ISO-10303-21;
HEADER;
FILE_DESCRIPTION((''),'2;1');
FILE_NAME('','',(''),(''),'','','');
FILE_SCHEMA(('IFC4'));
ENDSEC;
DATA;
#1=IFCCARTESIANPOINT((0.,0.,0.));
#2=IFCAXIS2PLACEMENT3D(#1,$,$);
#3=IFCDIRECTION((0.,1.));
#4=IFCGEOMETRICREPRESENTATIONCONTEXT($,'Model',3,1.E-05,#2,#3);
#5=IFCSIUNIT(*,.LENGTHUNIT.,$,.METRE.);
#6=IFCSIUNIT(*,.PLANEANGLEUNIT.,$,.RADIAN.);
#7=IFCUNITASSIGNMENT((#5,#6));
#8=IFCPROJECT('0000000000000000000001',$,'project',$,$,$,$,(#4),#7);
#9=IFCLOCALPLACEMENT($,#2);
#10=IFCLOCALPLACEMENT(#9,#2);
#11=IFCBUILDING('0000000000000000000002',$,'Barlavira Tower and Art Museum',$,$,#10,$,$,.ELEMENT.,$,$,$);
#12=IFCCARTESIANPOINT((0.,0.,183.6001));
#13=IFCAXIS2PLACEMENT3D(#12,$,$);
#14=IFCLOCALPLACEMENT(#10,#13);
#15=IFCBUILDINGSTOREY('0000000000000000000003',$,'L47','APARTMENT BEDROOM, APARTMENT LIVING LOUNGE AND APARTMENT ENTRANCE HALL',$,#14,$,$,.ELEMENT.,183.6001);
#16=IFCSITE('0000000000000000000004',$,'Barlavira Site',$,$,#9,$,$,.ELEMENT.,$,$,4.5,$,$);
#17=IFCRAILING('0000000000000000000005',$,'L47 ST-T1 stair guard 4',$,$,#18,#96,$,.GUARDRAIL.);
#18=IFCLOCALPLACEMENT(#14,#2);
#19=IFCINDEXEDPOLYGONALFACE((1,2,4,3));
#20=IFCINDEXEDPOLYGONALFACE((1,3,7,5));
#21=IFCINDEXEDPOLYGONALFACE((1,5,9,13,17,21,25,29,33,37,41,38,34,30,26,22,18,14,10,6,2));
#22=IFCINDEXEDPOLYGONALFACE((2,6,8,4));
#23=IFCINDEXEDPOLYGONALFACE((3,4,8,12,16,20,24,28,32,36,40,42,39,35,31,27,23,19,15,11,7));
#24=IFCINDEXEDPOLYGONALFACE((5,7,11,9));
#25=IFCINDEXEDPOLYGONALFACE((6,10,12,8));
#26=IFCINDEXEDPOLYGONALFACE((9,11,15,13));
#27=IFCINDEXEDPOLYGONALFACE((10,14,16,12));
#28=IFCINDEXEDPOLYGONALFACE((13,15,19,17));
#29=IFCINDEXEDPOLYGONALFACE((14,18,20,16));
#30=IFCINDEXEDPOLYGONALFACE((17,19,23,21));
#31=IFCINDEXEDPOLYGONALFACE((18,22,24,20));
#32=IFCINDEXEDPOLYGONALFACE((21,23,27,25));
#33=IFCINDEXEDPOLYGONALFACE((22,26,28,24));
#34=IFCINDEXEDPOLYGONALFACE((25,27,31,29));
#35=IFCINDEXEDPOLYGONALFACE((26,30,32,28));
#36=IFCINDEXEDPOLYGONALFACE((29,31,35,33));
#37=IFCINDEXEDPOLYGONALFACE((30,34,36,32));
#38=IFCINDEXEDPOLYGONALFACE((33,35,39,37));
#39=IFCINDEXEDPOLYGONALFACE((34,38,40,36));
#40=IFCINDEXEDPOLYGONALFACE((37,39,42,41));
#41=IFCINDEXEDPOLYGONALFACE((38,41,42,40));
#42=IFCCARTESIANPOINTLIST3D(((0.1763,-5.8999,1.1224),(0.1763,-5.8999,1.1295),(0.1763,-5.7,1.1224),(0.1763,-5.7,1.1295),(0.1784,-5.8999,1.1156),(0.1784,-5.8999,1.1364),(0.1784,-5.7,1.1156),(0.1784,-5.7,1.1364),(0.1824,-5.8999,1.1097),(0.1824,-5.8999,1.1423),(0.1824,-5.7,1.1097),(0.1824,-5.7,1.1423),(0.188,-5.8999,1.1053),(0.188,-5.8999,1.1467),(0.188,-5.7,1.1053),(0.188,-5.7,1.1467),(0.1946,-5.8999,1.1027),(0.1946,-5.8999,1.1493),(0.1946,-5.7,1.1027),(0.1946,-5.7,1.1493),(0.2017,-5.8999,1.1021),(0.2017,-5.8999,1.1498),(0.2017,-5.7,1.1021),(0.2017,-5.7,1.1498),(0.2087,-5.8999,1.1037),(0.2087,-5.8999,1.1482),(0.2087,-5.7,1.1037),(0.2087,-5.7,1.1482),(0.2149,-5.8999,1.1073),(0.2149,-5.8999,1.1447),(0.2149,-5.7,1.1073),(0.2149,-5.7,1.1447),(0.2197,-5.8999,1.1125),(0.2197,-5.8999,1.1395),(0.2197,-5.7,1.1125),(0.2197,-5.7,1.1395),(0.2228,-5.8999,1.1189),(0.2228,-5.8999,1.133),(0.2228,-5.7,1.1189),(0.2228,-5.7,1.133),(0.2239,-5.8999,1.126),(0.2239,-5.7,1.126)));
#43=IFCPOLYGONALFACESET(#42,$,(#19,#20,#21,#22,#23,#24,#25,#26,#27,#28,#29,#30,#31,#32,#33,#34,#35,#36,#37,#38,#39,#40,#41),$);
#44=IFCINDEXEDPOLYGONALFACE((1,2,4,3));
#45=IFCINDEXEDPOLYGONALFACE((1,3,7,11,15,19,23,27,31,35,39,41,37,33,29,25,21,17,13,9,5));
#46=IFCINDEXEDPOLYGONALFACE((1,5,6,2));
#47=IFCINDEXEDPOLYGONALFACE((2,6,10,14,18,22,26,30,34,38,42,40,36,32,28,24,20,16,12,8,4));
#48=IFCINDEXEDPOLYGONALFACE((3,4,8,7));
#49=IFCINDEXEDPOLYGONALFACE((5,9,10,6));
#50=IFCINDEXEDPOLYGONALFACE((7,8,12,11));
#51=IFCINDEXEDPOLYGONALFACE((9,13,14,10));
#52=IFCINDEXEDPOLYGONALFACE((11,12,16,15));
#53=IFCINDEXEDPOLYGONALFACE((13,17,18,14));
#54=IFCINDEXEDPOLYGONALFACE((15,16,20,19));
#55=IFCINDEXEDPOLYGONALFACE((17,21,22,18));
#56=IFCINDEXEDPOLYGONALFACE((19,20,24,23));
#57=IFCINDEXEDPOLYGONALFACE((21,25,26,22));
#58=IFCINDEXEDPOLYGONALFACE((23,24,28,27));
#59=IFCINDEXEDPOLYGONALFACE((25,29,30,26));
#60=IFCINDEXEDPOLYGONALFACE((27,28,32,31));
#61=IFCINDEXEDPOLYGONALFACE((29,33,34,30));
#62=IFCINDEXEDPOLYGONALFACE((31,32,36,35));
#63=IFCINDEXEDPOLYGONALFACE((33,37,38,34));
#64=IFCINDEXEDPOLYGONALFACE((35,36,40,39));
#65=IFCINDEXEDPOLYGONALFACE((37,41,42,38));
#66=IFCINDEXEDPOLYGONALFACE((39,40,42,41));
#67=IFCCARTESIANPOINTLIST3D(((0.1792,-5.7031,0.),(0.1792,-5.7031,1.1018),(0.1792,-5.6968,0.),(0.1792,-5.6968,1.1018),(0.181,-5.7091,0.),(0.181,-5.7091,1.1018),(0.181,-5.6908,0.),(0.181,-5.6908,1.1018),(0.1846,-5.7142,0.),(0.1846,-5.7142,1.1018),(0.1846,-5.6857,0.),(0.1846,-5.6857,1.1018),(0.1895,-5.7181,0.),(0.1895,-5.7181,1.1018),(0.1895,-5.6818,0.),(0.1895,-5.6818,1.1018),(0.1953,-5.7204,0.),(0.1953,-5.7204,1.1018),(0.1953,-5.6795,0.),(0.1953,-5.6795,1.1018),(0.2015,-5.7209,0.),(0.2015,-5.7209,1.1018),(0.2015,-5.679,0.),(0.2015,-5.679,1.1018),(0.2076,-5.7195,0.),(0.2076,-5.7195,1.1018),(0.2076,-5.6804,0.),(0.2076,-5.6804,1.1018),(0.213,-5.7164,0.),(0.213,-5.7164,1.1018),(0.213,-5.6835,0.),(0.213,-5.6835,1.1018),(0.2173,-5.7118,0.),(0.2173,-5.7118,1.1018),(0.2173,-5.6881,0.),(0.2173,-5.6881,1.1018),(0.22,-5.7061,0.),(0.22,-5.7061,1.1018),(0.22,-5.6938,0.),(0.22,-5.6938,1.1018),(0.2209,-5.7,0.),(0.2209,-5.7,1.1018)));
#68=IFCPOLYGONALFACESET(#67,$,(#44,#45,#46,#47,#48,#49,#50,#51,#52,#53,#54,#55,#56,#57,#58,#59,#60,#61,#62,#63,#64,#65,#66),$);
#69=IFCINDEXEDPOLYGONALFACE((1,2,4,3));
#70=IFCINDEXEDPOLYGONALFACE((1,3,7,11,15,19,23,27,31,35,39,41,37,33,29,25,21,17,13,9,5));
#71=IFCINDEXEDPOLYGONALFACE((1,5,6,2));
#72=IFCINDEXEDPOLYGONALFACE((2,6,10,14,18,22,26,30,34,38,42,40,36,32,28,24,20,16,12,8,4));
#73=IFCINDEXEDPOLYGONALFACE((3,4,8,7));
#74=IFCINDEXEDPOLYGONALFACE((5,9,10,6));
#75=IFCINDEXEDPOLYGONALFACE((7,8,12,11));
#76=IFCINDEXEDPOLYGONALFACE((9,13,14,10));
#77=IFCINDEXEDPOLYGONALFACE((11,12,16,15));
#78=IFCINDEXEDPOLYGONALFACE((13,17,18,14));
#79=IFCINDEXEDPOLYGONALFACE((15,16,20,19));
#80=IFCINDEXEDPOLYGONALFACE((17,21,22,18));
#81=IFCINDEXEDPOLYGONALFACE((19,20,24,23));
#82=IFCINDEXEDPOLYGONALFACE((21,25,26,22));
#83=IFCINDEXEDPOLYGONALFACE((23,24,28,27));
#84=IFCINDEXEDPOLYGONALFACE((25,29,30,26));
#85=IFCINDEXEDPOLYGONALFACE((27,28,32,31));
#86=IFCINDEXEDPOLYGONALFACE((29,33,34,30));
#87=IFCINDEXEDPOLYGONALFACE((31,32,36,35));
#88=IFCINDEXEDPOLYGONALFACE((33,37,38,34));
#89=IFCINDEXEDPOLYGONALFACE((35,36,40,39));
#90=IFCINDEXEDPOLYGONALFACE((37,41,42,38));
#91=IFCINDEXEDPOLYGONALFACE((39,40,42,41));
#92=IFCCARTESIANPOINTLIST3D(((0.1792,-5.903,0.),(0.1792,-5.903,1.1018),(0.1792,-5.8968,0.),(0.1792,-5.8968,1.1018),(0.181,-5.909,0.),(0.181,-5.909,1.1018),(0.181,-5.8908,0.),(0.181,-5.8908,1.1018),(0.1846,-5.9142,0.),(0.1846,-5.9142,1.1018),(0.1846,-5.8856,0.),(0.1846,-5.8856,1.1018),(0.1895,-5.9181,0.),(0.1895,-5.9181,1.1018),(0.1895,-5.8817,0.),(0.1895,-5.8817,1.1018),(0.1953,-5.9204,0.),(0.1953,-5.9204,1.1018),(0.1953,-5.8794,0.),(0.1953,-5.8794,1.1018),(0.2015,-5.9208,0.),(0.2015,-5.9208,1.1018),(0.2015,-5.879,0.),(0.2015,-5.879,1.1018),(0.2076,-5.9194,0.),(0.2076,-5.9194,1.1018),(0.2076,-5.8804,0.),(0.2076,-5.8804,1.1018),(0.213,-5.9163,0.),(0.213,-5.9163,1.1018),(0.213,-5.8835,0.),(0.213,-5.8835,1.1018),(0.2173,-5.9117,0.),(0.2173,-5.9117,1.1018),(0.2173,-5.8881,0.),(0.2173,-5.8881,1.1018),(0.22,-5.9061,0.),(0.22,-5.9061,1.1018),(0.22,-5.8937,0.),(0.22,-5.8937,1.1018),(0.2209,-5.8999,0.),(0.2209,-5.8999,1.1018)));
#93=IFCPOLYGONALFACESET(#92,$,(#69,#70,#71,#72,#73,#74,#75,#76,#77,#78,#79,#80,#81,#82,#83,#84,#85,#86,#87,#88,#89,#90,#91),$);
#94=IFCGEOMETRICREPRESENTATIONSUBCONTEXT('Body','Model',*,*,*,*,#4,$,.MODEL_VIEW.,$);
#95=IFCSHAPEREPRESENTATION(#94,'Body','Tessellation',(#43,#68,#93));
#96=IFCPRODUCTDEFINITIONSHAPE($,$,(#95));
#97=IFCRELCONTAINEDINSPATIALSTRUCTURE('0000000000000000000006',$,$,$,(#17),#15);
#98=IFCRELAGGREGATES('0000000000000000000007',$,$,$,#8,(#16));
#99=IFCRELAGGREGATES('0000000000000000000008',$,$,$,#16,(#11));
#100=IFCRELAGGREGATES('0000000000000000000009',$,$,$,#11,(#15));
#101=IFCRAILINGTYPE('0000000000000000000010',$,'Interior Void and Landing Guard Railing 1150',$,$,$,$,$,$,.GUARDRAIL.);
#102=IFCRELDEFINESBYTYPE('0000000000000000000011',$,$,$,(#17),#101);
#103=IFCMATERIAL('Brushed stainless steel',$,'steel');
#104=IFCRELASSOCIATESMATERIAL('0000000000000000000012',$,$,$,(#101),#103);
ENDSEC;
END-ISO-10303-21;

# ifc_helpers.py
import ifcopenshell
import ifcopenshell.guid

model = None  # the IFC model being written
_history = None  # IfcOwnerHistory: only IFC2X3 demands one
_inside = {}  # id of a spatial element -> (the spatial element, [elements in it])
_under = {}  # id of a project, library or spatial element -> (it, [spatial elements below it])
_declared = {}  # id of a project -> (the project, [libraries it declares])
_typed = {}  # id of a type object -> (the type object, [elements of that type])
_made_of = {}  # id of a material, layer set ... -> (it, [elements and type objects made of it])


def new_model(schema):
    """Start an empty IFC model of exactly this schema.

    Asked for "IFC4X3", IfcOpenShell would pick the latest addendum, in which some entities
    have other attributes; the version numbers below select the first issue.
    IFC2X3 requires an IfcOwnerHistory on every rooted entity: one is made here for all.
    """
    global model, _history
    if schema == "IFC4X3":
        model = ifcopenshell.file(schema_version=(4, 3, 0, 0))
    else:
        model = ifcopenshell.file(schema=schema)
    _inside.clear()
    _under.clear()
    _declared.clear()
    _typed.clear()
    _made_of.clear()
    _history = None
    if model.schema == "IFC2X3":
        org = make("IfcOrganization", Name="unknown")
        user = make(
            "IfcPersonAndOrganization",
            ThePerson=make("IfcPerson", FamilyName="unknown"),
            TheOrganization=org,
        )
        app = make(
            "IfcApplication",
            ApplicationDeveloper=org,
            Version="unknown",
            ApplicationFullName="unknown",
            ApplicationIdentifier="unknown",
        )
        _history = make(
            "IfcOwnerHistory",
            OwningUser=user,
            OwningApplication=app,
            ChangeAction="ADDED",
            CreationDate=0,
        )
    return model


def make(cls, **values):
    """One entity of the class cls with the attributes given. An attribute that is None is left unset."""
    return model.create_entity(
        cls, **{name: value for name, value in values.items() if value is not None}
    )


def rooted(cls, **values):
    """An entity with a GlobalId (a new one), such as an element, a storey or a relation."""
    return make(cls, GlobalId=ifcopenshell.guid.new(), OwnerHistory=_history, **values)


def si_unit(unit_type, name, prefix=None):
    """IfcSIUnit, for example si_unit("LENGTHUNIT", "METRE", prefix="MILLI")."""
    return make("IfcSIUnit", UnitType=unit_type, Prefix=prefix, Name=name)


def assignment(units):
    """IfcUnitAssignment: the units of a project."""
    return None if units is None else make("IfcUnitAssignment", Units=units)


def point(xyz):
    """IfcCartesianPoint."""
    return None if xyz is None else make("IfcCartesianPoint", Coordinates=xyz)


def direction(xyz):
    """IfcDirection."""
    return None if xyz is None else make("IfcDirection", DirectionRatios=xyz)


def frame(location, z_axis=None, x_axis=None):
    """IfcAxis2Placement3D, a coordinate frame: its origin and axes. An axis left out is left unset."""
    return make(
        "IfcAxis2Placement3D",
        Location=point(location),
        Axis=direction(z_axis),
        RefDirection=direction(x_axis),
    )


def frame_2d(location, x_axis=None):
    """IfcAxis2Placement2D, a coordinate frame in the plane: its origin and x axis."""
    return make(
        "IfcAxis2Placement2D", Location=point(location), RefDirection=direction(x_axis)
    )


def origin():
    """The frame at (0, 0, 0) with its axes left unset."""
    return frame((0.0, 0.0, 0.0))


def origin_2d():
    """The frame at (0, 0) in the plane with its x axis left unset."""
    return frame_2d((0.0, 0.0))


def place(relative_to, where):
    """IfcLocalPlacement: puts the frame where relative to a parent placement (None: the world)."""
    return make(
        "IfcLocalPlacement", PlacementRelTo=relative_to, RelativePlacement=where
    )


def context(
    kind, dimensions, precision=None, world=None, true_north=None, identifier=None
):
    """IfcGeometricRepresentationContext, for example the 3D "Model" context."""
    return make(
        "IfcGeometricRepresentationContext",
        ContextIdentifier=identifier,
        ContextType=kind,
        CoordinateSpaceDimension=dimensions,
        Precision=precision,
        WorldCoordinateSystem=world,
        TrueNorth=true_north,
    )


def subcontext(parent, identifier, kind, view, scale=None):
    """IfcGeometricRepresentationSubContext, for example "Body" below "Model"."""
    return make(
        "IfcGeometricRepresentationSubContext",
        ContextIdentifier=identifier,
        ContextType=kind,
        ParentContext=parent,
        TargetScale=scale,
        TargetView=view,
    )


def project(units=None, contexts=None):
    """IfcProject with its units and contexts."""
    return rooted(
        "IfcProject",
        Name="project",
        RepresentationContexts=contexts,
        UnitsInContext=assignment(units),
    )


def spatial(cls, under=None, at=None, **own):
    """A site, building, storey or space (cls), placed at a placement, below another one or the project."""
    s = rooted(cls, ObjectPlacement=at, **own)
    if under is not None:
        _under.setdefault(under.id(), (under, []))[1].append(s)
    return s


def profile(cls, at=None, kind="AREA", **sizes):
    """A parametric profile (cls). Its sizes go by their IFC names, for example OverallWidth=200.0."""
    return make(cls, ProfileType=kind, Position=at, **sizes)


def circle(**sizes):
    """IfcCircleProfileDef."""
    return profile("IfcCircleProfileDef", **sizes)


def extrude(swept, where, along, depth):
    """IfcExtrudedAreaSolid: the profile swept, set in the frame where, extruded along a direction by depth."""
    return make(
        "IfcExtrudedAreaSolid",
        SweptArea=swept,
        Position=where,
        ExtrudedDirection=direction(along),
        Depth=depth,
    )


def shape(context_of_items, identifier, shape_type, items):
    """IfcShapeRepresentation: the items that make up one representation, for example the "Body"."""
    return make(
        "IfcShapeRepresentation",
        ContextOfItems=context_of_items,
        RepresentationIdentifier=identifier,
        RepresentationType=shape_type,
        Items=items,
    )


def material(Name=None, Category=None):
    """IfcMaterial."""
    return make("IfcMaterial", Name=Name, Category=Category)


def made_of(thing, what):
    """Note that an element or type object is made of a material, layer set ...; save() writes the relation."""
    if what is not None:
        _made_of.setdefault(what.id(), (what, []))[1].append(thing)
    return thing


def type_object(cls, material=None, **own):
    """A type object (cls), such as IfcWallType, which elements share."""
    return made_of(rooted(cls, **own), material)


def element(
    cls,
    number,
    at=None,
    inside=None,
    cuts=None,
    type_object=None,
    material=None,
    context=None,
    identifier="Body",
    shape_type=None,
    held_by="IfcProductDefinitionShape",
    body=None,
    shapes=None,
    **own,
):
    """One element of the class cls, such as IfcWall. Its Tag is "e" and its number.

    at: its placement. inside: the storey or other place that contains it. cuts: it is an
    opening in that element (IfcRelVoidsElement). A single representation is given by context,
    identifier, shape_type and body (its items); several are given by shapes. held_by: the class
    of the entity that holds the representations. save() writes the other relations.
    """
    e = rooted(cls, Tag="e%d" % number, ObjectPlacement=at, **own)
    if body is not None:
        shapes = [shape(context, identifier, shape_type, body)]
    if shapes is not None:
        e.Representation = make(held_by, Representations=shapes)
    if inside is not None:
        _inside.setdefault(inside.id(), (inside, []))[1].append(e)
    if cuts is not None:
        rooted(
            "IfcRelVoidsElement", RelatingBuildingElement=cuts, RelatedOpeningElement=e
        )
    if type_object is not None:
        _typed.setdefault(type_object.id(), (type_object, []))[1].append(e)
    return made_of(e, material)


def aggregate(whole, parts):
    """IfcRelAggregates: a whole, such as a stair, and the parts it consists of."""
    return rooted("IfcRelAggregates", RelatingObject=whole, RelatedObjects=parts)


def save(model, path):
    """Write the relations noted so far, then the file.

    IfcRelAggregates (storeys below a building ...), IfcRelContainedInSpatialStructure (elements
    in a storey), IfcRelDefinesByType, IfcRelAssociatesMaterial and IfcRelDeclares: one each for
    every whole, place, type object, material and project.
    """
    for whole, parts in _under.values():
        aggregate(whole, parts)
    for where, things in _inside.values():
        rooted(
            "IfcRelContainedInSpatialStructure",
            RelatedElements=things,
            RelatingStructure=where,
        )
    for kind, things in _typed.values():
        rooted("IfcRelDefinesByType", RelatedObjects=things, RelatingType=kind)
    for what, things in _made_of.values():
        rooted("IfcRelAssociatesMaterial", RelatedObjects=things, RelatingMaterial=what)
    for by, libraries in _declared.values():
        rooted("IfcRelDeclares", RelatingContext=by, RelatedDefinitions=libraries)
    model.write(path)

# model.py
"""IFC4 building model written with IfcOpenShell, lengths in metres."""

from ifc_helpers import new_model, si_unit, direction, frame, origin, origin_2d, place, context, subcontext, project, spatial, circle, extrude, material, type_object, element, save


model = new_model("IFC4")

# Units and contexts
model_context = context("Model", 3, precision=1e-05, world=origin(), true_north=direction((0.0, 1.0)))
body_context = subcontext(model_context, "Body", "Model", "MODEL_VIEW")
ifc_project = project(units=[si_unit("LENGTHUNIT", "METRE"), si_unit("PLANEANGLEUNIT", "RADIAN")], contexts=[model_context])

# Site, building, storey
site_placement = place(None, origin())
site = spatial("IfcSite", under=ifc_project, at=site_placement, Name="Barlavira Site", CompositionType="ELEMENT", RefElevation=4.5)
building_placement = place(site_placement, origin())
building = spatial("IfcBuilding", under=site, at=building_placement, Name="Barlavira Tower and Art Museum", CompositionType="ELEMENT")
storey_placement = place(building_placement, frame((0.0, 0.0, 183.6001)))
storey = spatial("IfcBuildingStorey", under=building, at=storey_placement, Name="L47", Description="APARTMENT BEDROOM, APARTMENT LIVING LOUNGE AND APARTMENT ENTRANCE HALL", CompositionType="ELEMENT", Elevation=183.6001)

# Shared definitions
ifc_material_1 = material(Name="Brushed stainless steel", Category="steel")

# Railing
railing_type_1 = type_object("IfcRailingType", Name="Interior Void and Landing Guard Railing 1150", PredefinedType="GUARDRAIL", material=ifc_material_1)
railing_1_placement = place(storey_placement, frame((0.2, -5.7, 0.0)))
element("IfcRailing", 1, at=railing_1_placement, inside=storey, type_object=railing_type_1, Name="L47 ST-T1 stair guard 4", PredefinedType="GUARDRAIL", context=body_context, shape_type="SweptSolid", body=[
    extrude(circle(Radius=0.0239, at=origin_2d()), frame((0.0, 0.0, 1.126), z_axis=(0.0, -1.0, 0.0), x_axis=(1.0, 0.0, 0.0)), (0.0, 0.0, 1.0), 0.2),
    extrude(circle(Radius=0.021, at=origin_2d()), origin(), (0.0, 0.0, 1.0), 1.1018),
    extrude(circle(Radius=0.021, at=origin_2d()), frame((0.0, -0.2, 0.0)), (0.0, 0.0, 1.0), 1.1018),
])

save(model, "model.ifc")
